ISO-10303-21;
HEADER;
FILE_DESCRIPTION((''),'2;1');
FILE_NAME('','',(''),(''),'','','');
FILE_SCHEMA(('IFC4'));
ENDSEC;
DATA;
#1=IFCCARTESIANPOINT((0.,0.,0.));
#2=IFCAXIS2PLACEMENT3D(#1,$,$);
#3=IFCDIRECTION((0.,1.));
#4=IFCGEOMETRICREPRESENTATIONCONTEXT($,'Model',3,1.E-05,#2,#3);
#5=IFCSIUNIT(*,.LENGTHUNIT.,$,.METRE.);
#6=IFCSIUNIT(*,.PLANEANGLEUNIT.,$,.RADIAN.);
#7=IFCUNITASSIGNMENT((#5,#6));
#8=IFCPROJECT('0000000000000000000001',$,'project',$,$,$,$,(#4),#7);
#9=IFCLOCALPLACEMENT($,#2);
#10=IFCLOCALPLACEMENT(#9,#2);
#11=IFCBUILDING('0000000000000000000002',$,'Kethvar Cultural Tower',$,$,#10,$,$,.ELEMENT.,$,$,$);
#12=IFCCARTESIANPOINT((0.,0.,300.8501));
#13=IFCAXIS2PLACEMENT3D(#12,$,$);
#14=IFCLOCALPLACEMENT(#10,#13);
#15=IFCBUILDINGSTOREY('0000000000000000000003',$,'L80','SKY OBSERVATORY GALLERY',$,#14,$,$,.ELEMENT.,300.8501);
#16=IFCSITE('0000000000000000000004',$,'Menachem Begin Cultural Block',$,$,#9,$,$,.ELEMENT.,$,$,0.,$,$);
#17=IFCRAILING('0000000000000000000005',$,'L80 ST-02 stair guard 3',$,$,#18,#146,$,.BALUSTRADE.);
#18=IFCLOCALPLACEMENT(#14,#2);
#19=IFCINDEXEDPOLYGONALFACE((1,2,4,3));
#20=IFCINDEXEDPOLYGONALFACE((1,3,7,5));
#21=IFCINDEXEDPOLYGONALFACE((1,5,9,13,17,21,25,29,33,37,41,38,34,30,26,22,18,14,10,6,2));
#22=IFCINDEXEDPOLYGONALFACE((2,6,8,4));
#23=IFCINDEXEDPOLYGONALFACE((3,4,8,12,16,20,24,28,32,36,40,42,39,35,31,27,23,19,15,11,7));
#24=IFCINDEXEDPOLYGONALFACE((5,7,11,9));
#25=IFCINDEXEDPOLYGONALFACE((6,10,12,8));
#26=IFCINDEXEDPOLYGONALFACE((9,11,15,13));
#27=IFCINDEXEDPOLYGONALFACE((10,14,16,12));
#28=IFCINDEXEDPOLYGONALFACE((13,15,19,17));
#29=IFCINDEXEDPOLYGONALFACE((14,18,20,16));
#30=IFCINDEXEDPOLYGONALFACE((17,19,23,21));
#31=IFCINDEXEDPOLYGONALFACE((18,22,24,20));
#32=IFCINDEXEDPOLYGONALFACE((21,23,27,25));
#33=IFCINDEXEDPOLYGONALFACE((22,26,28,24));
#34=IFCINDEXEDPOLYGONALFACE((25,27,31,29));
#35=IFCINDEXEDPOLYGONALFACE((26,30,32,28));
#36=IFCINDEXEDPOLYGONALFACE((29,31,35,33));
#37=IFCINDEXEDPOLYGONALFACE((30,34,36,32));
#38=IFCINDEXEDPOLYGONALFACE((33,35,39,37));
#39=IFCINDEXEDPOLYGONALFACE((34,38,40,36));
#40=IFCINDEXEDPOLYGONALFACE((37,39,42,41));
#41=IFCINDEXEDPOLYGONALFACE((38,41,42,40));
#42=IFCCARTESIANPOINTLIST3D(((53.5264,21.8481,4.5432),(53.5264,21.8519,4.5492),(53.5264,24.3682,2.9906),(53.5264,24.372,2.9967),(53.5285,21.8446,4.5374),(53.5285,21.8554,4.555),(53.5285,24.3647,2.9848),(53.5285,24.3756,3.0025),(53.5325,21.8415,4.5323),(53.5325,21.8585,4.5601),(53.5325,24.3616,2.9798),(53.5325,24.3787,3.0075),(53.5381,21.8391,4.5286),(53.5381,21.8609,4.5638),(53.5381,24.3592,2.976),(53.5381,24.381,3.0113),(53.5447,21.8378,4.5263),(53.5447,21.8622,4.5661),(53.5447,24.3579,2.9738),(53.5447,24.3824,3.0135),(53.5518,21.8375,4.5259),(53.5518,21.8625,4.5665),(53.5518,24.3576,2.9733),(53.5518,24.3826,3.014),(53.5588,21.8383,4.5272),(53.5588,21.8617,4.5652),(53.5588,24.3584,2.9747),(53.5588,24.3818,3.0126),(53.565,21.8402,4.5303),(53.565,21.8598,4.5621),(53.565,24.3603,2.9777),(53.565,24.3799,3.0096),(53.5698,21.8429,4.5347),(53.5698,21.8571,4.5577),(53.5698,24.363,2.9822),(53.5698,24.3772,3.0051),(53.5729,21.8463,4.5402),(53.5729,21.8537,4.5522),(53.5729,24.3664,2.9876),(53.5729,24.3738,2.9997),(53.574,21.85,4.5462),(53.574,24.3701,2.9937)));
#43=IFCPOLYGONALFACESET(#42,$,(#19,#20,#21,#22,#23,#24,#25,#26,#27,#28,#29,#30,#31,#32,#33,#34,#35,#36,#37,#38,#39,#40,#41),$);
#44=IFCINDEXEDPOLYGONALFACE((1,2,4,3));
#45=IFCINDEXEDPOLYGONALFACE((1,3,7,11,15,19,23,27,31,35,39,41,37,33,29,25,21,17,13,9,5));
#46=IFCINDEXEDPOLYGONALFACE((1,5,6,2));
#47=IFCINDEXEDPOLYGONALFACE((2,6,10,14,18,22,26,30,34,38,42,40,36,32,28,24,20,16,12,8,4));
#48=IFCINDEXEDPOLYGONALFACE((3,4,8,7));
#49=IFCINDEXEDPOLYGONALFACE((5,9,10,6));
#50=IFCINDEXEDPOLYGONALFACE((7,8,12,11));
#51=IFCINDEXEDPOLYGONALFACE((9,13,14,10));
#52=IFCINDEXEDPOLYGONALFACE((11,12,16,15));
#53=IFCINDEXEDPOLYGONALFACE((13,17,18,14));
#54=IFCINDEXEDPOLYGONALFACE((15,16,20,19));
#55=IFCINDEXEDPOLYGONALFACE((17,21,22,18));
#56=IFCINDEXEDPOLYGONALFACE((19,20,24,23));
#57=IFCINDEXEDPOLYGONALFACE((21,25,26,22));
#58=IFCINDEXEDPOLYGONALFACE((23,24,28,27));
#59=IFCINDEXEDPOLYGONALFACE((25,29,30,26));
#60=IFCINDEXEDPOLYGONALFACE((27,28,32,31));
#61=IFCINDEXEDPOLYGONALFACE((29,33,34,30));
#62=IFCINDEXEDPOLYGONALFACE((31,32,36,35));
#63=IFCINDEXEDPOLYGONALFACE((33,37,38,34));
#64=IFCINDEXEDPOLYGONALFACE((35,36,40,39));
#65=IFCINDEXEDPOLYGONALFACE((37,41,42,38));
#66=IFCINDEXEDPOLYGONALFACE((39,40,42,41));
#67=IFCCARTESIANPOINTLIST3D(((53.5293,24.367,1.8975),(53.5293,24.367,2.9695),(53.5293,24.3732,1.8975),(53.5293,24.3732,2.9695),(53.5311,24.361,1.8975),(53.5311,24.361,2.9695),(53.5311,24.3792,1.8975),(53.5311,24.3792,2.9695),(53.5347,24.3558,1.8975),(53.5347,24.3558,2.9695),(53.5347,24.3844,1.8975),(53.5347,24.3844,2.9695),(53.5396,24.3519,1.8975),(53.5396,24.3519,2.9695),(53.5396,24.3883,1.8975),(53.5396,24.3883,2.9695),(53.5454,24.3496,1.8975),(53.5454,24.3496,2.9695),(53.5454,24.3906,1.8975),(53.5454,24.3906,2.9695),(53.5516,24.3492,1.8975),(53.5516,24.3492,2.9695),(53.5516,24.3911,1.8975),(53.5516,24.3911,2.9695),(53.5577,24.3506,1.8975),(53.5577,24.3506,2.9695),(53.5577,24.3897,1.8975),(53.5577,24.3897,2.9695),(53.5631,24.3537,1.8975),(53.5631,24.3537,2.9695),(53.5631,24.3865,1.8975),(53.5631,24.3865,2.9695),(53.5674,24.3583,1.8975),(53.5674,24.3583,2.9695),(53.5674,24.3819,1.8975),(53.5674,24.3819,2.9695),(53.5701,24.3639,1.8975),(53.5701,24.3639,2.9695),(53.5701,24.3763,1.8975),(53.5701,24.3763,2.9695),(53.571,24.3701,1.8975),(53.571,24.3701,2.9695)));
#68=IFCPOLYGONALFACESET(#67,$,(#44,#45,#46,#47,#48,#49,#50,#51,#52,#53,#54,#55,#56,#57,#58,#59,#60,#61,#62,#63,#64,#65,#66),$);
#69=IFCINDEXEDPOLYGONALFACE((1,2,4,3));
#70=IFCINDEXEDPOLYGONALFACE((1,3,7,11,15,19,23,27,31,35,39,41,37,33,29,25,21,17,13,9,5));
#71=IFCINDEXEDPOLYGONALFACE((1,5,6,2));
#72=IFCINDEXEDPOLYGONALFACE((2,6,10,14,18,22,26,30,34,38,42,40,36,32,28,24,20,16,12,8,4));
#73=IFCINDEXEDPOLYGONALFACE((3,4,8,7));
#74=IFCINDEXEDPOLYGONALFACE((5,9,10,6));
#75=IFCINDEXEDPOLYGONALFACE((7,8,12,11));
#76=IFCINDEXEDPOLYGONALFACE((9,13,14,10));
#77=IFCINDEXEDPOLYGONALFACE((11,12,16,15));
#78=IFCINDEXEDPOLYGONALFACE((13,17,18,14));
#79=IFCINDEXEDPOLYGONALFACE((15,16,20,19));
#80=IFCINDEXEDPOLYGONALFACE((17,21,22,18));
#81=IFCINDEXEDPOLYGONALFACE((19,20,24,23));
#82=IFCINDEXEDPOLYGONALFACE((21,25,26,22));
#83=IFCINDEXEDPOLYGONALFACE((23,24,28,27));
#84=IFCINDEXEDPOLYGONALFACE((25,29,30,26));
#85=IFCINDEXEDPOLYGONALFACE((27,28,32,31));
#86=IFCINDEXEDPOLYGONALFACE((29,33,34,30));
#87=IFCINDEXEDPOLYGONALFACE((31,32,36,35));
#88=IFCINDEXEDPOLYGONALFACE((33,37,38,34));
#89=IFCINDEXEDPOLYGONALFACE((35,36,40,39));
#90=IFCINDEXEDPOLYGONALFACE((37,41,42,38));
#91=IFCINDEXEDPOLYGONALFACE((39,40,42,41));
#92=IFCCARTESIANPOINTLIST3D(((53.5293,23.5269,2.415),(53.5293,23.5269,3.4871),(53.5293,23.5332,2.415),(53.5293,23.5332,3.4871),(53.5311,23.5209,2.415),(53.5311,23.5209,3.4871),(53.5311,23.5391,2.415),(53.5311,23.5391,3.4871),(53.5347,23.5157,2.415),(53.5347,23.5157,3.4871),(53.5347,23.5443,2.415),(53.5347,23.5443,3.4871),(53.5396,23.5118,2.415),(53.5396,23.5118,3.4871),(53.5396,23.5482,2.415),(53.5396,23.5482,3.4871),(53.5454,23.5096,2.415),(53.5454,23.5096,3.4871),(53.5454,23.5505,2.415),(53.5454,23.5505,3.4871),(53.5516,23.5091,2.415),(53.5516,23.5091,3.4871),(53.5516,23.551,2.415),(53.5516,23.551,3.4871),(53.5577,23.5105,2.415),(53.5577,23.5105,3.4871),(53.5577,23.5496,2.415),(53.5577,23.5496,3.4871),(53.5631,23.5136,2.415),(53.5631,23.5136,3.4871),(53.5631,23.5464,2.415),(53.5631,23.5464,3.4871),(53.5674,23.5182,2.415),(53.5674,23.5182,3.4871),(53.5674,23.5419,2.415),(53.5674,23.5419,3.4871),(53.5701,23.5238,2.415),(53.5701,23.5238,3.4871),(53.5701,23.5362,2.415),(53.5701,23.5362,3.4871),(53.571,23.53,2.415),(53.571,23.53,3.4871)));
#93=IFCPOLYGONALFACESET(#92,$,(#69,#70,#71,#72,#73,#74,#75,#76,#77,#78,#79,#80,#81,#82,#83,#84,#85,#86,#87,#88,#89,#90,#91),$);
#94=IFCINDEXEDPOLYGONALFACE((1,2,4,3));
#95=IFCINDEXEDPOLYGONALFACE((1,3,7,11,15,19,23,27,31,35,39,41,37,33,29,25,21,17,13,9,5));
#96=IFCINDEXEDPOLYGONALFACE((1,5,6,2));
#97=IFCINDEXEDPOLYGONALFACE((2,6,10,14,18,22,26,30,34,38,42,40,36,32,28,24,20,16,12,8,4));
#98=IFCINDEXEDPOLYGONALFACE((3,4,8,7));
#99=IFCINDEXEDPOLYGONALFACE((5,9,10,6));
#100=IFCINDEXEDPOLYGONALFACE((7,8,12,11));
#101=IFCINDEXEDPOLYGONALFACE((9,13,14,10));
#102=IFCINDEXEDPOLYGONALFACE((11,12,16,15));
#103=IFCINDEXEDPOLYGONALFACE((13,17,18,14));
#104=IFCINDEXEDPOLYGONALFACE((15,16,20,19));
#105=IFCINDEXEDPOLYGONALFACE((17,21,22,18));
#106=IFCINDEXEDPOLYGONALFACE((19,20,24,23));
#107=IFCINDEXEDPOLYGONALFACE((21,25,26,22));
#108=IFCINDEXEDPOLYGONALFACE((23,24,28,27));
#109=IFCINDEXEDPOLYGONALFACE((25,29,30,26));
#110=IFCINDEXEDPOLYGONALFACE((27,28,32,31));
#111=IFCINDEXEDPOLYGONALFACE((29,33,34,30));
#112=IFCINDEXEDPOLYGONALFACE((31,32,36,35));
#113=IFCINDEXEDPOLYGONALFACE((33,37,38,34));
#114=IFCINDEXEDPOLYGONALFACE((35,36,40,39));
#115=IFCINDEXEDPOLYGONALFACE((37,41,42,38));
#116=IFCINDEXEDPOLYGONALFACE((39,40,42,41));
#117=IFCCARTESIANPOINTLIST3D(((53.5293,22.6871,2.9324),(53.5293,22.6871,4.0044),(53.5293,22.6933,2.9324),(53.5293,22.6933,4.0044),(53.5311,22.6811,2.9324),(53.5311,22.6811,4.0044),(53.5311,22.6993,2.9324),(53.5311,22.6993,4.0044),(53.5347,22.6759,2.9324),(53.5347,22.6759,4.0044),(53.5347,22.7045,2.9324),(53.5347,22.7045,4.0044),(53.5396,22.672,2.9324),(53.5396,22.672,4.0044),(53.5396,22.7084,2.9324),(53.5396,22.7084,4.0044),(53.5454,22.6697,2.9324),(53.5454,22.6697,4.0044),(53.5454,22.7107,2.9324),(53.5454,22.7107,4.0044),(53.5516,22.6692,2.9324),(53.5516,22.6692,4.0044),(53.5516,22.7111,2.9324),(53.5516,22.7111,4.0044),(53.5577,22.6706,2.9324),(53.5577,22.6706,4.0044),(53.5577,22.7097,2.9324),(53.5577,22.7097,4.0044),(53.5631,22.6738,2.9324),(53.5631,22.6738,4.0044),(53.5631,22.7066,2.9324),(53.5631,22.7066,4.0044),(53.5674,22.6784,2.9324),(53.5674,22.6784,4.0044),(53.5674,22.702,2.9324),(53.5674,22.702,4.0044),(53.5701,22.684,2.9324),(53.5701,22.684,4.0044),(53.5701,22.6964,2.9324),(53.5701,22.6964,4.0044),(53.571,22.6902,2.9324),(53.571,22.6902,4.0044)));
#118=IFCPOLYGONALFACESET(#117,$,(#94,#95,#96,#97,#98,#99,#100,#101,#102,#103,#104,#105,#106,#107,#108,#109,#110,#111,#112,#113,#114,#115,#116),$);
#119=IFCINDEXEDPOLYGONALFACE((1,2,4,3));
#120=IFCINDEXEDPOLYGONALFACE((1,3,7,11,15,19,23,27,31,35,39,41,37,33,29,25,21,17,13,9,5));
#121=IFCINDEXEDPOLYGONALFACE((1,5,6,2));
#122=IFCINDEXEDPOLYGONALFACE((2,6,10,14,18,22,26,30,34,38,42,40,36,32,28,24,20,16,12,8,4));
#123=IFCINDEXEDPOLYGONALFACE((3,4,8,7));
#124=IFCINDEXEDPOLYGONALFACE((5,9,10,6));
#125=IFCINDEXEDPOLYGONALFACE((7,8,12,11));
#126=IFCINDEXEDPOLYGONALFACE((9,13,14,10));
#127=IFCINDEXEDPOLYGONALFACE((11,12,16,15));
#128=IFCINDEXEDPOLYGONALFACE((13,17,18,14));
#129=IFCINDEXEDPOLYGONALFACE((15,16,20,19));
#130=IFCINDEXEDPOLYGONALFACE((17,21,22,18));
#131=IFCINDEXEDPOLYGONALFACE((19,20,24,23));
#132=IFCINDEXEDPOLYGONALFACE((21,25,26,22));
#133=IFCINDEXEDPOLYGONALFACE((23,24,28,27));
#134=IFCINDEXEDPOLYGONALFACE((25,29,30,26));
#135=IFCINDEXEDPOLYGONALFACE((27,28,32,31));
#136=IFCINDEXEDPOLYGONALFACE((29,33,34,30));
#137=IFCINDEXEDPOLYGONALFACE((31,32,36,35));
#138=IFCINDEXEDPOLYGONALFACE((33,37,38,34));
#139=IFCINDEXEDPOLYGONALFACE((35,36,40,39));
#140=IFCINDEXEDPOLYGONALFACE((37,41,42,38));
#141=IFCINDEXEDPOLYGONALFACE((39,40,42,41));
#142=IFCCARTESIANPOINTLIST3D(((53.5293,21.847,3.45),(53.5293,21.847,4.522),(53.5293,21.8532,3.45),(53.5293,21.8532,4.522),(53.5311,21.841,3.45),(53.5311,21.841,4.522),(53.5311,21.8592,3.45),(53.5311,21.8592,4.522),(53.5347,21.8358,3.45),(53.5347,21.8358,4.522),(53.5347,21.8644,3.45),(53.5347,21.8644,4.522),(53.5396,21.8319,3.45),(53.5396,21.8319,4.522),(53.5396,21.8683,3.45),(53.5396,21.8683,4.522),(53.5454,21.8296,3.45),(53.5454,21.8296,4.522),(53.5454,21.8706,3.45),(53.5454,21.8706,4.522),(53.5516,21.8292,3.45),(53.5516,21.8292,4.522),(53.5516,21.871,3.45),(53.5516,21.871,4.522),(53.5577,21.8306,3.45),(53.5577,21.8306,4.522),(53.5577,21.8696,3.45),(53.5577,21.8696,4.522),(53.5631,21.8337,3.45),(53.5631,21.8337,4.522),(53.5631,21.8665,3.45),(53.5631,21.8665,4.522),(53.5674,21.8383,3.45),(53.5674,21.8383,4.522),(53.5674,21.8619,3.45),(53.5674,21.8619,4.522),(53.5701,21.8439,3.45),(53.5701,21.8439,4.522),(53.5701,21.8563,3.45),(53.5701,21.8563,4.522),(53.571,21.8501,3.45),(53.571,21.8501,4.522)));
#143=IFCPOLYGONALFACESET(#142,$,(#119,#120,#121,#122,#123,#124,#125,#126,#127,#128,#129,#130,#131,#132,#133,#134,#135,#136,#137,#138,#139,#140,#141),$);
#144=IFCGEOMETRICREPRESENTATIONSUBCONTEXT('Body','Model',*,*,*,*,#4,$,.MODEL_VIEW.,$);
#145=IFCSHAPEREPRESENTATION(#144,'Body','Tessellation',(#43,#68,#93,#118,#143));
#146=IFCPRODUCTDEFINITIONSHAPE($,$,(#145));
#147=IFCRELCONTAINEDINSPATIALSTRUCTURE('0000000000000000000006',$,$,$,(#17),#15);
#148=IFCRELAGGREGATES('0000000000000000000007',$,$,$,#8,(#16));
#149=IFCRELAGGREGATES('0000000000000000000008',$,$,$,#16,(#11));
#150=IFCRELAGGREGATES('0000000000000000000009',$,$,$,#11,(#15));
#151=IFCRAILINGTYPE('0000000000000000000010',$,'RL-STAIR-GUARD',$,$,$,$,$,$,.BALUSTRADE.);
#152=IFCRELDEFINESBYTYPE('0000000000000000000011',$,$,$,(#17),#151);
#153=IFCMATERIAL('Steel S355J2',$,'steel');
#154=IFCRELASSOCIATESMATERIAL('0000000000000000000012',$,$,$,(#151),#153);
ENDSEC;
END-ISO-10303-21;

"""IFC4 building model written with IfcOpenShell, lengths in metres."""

from ifc_helpers import new_model, si_unit, direction, frame, origin, origin_2d, place, context, subcontext, project, spatial, circle, extrude, material, type_object, element, save


model = new_model("IFC4")

# Units and contexts
model_context = context("Model", 3, precision=1e-05, world=origin(), true_north=direction((0.0, 1.0)))
body_context = subcontext(model_context, "Body", "Model", "MODEL_VIEW")
ifc_project = project(units=[si_unit("LENGTHUNIT", "METRE"), si_unit("PLANEANGLEUNIT", "RADIAN")], contexts=[model_context])

# Site, building, storey
site_placement = place(None, origin())
site = spatial("IfcSite", under=ifc_project, at=site_placement, Name="Menachem Begin Cultural Block", CompositionType="ELEMENT", RefElevation=0.0)
building_placement = place(site_placement, origin())
building = spatial("IfcBuilding", under=site, at=building_placement, Name="Kethvar Cultural Tower", CompositionType="ELEMENT")
storey_placement = place(building_placement, frame((0.0, 0.0, 300.8501)))
storey = spatial("IfcBuildingStorey", under=building, at=storey_placement, Name="L80", Description="SKY OBSERVATORY GALLERY", CompositionType="ELEMENT", Elevation=300.8501)

# Shared definitions
ifc_material_1 = material(Name="Steel S355J2", Category="steel")

# Railing
railing_type_1 = type_object("IfcRailingType", Name="RL-STAIR-GUARD", PredefinedType="BALUSTRADE", material=ifc_material_1)
railing_1_placement = place(storey_placement, frame((53.55, 24.3701, 1.8975)))
element("IfcRailing", 1, at=railing_1_placement, inside=storey, type_object=railing_type_1, Name="L80 ST-02 stair guard 3", PredefinedType="BALUSTRADE", context=body_context, shape_type="SweptSolid", body=[
    extrude(circle(Radius=0.0239, at=origin_2d()), frame((0.0, 0.0, 1.0962), z_axis=(0.0, -0.8514, 0.524516), x_axis=(1.0, 0.0, 0.0)), (0.0, 0.0, 1.0), 2.96),
    extrude(circle(Radius=0.021, at=origin_2d()), origin(), (0.0, 0.0, 1.0), 1.072),
    extrude(circle(Radius=0.021, at=origin_2d()), frame((0.0, -0.8401, 0.5176)), (0.0, 0.0, 1.0), 1.072),
    extrude(circle(Radius=0.021, at=origin_2d()), frame((0.0, -1.6799, 1.0349)), (0.0, 0.0, 1.0), 1.072),
    extrude(circle(Radius=0.021, at=origin_2d()), frame((0.0, -2.52, 1.5525)), (0.0, 0.0, 1.0), 1.072),
])

save(model, "model.ifc")
